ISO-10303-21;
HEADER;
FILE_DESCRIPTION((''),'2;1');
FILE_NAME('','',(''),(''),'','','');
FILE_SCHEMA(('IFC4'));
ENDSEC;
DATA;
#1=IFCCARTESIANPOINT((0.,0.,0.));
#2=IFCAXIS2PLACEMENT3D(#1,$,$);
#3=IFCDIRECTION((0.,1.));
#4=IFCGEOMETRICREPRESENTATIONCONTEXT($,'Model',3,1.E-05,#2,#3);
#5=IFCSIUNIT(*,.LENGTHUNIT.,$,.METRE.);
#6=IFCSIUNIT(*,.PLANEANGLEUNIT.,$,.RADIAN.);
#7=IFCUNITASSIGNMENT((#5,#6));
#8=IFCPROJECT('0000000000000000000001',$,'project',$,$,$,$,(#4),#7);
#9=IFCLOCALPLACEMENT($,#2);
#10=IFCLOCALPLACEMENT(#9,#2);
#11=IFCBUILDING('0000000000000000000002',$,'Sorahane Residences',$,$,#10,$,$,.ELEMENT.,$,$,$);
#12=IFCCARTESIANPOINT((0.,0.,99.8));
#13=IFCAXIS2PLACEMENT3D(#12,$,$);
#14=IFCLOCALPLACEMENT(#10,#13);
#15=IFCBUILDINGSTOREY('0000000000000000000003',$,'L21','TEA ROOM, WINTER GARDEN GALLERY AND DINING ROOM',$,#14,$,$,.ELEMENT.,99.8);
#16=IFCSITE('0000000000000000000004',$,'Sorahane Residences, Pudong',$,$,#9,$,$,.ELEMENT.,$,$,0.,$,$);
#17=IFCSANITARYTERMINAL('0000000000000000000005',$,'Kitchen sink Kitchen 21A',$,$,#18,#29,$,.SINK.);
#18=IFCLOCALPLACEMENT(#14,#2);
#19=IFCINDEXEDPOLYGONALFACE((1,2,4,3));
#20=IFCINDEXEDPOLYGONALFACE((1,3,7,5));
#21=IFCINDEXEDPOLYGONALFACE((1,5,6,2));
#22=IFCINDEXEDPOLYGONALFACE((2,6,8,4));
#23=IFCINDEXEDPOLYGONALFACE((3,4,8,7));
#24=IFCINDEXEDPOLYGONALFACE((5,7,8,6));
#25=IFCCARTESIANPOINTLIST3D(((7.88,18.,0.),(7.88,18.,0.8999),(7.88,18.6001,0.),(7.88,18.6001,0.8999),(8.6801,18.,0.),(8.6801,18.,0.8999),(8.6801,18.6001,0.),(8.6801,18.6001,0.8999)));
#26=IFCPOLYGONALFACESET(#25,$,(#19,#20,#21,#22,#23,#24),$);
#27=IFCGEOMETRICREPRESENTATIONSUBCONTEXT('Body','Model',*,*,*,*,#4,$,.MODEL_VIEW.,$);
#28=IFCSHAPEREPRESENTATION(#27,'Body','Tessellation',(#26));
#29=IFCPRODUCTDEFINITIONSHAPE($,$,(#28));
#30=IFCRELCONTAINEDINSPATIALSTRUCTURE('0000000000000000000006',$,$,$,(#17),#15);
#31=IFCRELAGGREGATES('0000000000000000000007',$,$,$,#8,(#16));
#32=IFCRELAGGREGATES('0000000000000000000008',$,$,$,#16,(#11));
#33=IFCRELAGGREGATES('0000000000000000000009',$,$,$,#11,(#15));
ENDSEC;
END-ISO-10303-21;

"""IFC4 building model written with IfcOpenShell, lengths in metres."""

from ifc_helpers import new_model, si_unit, direction, frame, origin, origin_2d, place, context, subcontext, project, spatial, rectangle, extrude, element, save


model = new_model("IFC4")

# Units and contexts
model_context = context("Model", 3, precision=1e-05, world=origin(), true_north=direction((0.0, 1.0)))
body_context = subcontext(model_context, "Body", "Model", "MODEL_VIEW")
ifc_project = project(units=[si_unit("LENGTHUNIT", "METRE"), si_unit("PLANEANGLEUNIT", "RADIAN")], contexts=[model_context])

# Site, building, storey
site_placement = place(None, origin())
site = spatial("IfcSite", under=ifc_project, at=site_placement, Name="Sorahane Residences, Pudong", CompositionType="ELEMENT", RefElevation=0.0)
building_placement = place(site_placement, origin())
building = spatial("IfcBuilding", under=site, at=building_placement, Name="Sorahane Residences", CompositionType="ELEMENT")
storey_placement = place(building_placement, frame((0.0, 0.0, 99.8)))
storey = spatial("IfcBuildingStorey", under=building, at=storey_placement, Name="L21", Description="TEA ROOM, WINTER GARDEN GALLERY AND DINING ROOM", CompositionType="ELEMENT", Elevation=99.8)

# Sanitary terminal
sanitary_terminal_placement = place(storey_placement, frame((8.28, 18.3, 0.0), z_axis=(0.0, 0.0, 1.0), x_axis=(1.0, 0.0, 0.0)))
element("IfcSanitaryTerminal", 1, at=sanitary_terminal_placement, inside=storey, Name="Kitchen sink Kitchen 21A", PredefinedType="SINK", context=body_context, shape_type="SweptSolid", body=[
    extrude(rectangle(XDim=0.8, YDim=0.6001, at=origin_2d()), origin(), (0.0, 0.0, 1.0), 0.8999),
])

save(model, "model.ifc")
